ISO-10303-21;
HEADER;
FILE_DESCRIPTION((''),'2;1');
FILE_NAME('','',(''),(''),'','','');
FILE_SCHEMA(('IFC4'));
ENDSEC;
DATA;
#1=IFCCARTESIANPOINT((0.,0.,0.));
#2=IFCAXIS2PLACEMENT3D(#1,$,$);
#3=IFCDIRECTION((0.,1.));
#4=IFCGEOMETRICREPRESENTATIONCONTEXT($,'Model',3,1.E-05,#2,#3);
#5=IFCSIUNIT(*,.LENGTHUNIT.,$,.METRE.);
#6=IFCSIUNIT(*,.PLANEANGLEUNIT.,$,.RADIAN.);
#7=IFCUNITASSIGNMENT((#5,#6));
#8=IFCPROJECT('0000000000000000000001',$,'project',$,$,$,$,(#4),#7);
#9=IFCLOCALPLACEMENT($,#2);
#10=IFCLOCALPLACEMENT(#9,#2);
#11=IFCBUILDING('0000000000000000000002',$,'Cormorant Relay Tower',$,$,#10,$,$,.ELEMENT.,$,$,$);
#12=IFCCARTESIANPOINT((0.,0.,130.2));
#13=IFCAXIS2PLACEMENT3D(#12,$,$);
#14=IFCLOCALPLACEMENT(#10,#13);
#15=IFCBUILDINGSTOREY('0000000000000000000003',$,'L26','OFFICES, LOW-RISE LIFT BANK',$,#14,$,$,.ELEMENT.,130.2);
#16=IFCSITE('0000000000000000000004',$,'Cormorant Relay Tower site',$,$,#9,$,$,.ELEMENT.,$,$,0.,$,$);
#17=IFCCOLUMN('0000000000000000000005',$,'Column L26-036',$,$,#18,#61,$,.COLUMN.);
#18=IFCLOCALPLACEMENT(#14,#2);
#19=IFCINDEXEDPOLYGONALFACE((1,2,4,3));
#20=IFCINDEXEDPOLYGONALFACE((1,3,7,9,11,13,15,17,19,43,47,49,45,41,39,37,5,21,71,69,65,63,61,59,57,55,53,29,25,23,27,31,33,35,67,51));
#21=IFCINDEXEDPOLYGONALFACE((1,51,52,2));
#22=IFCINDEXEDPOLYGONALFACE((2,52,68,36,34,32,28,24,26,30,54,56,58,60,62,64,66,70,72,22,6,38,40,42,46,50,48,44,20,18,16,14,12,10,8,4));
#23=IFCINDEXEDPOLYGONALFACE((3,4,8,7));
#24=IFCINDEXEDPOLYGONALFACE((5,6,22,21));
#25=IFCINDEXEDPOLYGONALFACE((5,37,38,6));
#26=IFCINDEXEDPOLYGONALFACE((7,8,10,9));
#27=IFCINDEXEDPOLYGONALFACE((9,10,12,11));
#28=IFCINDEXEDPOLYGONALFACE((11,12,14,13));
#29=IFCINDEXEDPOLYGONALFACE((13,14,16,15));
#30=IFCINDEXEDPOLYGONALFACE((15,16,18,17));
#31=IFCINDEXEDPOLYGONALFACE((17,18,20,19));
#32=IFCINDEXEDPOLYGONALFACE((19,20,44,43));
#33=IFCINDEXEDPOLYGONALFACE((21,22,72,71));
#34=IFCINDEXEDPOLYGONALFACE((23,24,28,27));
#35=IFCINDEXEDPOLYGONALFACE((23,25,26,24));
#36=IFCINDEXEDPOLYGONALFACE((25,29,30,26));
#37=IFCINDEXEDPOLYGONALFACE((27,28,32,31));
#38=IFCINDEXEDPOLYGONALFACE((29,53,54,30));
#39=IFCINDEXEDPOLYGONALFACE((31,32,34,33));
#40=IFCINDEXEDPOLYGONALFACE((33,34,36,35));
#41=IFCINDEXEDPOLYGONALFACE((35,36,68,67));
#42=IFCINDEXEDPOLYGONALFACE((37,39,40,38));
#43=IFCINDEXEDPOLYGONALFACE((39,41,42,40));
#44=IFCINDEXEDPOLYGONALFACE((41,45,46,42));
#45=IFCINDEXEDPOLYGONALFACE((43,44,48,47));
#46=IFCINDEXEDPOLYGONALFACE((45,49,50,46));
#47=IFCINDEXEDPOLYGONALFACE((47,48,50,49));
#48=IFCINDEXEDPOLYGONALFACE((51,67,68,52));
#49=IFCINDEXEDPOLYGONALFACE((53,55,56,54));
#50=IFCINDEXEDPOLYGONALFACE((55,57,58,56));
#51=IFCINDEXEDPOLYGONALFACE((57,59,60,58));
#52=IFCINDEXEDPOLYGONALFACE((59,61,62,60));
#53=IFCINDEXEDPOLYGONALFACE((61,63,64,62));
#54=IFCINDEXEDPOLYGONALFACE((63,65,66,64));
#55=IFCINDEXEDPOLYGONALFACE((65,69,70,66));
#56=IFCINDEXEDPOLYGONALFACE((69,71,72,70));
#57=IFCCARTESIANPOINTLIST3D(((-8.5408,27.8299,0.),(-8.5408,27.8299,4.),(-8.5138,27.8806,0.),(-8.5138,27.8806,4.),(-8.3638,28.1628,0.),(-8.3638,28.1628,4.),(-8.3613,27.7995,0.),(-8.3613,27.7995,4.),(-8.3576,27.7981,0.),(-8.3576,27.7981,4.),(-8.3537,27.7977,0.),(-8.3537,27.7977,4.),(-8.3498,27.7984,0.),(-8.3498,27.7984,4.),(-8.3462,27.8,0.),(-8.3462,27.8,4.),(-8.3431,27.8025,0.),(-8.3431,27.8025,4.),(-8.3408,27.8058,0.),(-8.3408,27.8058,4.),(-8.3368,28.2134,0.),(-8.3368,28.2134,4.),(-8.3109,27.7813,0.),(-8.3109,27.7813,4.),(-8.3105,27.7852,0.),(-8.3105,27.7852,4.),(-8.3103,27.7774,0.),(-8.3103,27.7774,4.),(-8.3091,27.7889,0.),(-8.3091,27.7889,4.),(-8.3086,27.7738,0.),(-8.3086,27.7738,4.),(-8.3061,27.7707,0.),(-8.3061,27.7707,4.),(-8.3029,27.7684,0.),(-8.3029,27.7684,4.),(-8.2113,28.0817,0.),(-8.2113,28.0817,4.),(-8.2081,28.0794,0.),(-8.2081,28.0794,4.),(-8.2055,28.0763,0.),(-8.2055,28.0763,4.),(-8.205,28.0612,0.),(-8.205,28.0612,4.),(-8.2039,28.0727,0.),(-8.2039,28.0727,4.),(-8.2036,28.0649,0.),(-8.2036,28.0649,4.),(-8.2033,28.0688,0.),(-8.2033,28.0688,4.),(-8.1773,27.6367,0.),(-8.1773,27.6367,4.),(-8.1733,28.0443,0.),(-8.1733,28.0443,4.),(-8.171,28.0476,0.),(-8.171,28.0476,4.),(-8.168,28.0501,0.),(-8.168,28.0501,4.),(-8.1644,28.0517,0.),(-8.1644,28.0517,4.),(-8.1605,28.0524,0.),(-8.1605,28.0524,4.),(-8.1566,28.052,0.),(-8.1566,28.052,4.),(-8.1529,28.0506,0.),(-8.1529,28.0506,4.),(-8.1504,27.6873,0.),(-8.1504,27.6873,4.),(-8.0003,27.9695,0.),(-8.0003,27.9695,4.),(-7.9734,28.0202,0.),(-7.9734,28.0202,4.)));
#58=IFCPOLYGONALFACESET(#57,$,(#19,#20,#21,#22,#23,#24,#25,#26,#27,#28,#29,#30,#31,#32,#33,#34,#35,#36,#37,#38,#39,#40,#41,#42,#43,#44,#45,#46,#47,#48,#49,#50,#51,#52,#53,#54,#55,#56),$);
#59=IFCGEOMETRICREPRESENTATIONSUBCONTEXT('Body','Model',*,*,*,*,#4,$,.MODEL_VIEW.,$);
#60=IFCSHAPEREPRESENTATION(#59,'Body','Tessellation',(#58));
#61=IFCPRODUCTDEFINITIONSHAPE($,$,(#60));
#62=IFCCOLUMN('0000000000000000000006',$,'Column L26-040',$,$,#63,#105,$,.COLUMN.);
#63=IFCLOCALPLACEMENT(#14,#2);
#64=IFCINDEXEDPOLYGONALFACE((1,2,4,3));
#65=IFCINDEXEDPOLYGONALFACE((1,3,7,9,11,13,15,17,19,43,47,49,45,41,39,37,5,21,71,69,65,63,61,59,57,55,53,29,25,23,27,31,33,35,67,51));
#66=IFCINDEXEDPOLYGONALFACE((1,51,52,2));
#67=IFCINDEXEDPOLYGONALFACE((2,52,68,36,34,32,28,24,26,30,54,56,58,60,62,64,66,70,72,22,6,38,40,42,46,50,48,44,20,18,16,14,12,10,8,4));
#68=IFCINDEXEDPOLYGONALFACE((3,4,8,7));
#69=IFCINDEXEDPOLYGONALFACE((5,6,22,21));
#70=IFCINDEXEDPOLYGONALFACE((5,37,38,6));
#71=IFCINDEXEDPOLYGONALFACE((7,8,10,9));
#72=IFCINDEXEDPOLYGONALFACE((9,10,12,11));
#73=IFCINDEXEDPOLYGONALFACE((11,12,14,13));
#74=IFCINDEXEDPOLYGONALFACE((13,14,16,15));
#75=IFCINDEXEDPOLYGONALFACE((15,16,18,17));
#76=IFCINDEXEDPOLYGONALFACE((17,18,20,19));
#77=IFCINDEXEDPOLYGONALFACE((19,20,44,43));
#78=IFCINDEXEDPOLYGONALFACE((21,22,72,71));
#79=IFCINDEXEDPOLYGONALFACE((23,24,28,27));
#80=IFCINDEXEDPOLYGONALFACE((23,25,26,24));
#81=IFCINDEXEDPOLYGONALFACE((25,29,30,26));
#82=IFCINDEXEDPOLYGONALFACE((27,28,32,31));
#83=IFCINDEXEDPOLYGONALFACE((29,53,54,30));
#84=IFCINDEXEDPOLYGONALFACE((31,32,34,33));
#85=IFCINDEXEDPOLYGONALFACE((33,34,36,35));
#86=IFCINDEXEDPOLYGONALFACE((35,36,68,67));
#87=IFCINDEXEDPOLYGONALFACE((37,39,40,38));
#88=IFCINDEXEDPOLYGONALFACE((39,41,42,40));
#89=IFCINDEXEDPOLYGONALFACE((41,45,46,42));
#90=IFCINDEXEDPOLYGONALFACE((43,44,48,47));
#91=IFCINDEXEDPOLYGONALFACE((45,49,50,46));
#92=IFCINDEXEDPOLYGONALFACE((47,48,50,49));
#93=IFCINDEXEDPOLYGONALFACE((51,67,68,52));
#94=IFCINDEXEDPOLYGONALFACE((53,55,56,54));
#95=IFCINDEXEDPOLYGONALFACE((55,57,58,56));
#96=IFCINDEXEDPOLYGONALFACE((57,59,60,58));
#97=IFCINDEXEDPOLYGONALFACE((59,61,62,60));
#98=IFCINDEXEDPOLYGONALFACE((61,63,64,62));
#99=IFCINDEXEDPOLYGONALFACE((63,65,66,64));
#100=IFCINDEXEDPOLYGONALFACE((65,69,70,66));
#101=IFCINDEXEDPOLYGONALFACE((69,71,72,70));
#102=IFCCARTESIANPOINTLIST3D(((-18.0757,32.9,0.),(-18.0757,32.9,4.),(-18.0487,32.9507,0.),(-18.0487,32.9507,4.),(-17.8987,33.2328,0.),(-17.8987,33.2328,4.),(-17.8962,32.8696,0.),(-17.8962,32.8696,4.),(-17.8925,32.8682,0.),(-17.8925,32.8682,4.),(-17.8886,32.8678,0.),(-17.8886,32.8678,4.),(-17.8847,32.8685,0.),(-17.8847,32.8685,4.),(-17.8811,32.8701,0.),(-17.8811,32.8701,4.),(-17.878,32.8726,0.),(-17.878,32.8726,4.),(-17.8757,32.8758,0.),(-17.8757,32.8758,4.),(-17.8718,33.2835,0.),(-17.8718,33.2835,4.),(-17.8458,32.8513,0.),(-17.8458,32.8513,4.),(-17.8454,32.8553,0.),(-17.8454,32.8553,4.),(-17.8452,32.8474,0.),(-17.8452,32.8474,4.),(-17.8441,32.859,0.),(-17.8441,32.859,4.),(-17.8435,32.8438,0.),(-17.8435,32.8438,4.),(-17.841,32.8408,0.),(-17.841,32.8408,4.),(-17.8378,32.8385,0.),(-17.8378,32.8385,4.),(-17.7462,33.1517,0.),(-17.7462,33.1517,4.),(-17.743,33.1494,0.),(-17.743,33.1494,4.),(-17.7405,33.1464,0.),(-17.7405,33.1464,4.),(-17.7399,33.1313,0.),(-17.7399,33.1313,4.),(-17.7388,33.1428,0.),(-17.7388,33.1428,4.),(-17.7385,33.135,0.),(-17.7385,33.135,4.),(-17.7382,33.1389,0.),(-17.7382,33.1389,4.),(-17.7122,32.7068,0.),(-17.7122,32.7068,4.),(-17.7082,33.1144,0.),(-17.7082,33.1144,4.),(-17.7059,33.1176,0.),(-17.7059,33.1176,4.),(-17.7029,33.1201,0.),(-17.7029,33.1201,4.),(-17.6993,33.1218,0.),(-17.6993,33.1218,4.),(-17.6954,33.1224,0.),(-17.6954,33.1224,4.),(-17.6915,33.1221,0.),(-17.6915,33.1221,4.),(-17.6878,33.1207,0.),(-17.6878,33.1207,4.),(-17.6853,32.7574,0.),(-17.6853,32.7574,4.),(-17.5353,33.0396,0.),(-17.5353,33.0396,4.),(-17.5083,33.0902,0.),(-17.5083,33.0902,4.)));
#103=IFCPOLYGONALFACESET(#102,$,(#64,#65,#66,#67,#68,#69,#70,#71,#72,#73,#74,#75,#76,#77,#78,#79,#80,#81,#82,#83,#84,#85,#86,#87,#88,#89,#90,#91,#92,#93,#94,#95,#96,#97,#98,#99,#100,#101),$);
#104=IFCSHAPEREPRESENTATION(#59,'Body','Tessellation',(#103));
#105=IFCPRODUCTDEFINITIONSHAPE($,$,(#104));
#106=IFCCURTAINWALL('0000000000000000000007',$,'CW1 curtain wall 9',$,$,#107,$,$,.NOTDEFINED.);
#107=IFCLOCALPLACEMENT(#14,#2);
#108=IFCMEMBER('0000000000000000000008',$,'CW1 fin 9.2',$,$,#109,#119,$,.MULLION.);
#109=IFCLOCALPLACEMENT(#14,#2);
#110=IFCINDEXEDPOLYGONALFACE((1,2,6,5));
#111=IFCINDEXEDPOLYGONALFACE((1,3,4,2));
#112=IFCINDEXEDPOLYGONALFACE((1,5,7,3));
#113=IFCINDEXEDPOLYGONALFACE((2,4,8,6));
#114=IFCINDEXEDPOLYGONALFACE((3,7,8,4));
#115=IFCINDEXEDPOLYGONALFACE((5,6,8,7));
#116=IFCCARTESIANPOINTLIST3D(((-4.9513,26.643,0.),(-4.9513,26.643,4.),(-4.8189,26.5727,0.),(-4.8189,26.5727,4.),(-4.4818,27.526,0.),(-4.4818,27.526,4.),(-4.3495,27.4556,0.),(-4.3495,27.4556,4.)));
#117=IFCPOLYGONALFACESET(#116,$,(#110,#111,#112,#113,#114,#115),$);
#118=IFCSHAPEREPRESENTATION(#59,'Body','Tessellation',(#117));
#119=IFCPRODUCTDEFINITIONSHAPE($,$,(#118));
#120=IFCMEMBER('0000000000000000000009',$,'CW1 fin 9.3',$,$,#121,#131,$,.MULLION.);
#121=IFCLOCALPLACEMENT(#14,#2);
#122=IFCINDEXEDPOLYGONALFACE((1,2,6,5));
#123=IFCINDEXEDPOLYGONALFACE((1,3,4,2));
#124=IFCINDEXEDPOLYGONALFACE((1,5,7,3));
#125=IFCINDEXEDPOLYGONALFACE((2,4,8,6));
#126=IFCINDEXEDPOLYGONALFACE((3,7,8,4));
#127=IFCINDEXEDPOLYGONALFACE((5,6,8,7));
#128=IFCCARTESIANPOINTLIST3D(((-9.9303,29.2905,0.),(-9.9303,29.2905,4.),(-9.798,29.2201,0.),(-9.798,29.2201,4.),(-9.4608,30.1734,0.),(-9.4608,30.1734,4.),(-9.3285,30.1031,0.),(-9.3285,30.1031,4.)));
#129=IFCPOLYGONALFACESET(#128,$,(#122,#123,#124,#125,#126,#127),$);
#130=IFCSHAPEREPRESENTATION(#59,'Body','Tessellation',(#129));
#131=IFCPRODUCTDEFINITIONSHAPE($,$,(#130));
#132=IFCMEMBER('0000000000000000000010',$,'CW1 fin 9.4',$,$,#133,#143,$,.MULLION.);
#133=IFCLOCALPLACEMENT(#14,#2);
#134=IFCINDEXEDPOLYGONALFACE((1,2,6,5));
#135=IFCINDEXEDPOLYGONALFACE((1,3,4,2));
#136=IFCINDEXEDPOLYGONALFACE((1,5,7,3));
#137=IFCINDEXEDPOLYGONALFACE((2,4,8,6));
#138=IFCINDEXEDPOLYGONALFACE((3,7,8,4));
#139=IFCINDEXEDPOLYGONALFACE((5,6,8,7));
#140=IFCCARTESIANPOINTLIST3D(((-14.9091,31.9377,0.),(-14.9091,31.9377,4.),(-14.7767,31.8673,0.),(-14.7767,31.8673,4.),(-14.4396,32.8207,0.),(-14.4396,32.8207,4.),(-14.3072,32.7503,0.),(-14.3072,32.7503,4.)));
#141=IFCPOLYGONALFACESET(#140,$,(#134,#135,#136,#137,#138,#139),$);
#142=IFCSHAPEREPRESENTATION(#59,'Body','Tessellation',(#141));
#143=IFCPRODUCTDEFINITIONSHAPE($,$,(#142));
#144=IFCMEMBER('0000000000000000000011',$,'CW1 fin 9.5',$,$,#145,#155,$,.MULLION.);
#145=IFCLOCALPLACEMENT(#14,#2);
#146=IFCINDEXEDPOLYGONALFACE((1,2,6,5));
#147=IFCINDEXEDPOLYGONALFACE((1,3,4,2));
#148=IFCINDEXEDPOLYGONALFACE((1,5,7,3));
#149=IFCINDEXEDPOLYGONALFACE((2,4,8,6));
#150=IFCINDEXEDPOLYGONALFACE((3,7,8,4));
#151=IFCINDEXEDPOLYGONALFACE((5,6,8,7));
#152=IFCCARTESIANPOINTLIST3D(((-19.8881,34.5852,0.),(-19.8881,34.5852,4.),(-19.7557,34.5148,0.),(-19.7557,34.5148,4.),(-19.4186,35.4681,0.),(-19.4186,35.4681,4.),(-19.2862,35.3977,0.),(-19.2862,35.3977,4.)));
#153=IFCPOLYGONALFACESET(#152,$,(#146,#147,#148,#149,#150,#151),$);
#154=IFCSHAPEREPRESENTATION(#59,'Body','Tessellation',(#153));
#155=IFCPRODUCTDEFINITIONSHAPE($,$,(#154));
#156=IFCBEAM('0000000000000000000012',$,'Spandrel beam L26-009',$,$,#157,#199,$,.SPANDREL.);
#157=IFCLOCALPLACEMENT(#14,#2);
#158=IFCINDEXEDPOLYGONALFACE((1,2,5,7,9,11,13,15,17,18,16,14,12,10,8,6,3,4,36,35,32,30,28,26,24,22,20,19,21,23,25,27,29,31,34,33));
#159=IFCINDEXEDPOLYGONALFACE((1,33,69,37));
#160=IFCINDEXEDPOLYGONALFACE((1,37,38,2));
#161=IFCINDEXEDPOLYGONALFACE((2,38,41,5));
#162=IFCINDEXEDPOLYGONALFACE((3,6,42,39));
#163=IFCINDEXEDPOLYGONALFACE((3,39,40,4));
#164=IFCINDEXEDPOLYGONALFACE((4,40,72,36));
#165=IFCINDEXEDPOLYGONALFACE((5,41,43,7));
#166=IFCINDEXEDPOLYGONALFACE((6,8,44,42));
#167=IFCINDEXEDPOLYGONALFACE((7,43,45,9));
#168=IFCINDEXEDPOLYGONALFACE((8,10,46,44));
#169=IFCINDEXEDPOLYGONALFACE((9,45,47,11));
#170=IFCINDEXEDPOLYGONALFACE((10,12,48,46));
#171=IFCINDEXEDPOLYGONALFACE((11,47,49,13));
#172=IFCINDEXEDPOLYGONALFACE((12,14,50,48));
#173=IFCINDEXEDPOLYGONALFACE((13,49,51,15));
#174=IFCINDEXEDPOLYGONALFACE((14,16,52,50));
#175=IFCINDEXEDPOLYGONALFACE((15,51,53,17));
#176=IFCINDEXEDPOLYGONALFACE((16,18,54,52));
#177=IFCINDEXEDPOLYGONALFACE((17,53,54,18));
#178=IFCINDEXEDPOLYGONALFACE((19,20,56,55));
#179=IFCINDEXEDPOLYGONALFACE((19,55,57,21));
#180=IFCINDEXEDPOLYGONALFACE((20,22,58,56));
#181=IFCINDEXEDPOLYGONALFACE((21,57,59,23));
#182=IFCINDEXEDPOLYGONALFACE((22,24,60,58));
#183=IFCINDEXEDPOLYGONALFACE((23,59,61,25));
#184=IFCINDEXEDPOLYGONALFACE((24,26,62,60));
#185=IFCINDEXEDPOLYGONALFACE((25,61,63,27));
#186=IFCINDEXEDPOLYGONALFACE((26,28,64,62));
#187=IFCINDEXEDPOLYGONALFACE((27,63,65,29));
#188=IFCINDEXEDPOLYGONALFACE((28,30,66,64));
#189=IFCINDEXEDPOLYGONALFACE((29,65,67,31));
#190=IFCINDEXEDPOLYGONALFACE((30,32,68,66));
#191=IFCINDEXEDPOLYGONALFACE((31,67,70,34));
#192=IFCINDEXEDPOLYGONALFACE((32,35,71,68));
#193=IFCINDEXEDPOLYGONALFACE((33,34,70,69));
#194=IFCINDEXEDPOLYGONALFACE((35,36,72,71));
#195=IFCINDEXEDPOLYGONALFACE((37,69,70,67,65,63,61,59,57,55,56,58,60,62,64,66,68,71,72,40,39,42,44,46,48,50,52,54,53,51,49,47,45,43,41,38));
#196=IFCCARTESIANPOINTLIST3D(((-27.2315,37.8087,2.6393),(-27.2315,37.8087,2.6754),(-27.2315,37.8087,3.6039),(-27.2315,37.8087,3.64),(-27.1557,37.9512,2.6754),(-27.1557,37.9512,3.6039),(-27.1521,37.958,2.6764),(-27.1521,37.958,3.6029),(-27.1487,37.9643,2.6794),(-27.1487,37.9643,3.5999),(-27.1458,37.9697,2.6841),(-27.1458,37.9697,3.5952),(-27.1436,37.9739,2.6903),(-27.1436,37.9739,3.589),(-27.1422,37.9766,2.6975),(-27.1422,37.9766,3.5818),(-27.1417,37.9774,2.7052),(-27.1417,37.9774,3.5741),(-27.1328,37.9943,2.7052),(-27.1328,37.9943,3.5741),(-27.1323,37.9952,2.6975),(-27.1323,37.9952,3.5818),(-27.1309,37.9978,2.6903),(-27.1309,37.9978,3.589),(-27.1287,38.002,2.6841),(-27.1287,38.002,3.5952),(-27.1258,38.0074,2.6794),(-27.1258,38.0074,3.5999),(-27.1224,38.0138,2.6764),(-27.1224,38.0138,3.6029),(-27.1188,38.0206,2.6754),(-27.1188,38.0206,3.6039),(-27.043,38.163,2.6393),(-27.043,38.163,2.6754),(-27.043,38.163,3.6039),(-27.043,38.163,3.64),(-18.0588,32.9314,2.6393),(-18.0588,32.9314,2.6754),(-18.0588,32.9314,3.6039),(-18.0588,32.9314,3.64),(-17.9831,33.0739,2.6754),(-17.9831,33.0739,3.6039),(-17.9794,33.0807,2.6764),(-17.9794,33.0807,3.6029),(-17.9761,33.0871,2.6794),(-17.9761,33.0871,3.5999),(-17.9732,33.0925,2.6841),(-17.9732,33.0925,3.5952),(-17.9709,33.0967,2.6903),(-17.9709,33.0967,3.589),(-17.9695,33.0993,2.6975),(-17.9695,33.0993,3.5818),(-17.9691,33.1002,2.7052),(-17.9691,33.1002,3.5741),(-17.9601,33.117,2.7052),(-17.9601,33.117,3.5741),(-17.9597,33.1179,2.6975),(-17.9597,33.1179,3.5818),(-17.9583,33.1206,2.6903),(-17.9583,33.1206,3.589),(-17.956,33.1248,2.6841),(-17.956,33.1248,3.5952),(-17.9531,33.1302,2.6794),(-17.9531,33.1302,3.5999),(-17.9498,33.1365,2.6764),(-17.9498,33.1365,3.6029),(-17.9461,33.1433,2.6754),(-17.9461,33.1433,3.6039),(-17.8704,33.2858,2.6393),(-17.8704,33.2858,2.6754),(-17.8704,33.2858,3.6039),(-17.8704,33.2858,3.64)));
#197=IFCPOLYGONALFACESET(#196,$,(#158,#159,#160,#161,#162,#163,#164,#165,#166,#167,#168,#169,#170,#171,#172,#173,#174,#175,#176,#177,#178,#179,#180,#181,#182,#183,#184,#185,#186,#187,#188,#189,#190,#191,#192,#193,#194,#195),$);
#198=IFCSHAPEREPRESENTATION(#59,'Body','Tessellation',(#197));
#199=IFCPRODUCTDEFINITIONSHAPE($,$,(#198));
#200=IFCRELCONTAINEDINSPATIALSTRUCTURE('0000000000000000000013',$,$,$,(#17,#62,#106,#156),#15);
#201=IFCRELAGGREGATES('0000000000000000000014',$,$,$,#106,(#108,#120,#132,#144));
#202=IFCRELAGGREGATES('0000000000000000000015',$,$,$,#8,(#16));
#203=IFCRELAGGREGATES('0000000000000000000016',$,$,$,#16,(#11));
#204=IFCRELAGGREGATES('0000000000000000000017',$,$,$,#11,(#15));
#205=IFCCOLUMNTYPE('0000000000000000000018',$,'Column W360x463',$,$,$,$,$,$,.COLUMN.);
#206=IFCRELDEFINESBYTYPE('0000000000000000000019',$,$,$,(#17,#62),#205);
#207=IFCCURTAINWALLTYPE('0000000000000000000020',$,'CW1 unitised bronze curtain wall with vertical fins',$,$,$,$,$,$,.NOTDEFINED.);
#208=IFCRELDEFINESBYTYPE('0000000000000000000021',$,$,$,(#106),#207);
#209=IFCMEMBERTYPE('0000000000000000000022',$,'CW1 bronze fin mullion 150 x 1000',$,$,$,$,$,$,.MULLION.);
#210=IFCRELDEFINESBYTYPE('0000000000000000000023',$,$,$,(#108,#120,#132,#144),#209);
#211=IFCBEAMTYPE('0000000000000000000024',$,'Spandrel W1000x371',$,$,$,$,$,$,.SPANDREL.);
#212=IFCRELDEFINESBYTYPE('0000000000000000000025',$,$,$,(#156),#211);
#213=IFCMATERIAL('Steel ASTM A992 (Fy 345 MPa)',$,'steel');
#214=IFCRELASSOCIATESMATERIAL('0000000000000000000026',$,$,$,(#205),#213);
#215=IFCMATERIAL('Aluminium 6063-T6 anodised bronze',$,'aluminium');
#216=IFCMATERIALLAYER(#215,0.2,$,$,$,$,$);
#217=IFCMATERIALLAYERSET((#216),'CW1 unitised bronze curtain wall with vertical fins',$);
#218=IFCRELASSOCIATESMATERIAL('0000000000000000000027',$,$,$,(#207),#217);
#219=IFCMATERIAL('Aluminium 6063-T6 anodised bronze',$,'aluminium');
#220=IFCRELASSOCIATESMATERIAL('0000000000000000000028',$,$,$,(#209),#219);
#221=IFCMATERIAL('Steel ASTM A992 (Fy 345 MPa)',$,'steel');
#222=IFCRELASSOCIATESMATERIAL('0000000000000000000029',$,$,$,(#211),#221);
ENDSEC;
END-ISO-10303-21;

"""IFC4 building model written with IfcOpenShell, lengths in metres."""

from ifc_helpers import new_model, si_unit, direction, frame, origin, origin_2d, place, context, subcontext, project, spatial, rectangle, i_section, extrude, material, layer, layer_set, material_profile, profile_set, type_object, element, aggregate, save


model = new_model("IFC4")

# Units and contexts
model_context = context("Model", 3, precision=1e-05, world=origin(), true_north=direction((0.0, 1.0)))
body_context = subcontext(model_context, "Body", "Model", "MODEL_VIEW")
ifc_project = project(units=[si_unit("LENGTHUNIT", "METRE"), si_unit("PLANEANGLEUNIT", "RADIAN")], contexts=[model_context])

# Site, building, storey
site_placement = place(None, origin())
site = spatial("IfcSite", under=ifc_project, at=site_placement, Name="Cormorant Relay Tower site", CompositionType="ELEMENT", RefElevation=0.0)
building_placement = place(site_placement, origin())
building = spatial("IfcBuilding", under=site, at=building_placement, Name="Cormorant Relay Tower", CompositionType="ELEMENT")
storey_placement = place(building_placement, frame((0.0, 0.0, 130.2)))
storey = spatial("IfcBuildingStorey", under=building, at=storey_placement, Name="L26", Description="OFFICES, LOW-RISE LIFT BANK", CompositionType="ELEMENT", Elevation=130.2)

# Columns
ifc_material_1 = material(Name="Steel ASTM A992 (Fy 345 MPa)", Category="steel")
ifc_material_profile_1 = material_profile(ifc_material_1, i_section(OverallWidth=0.4116, OverallDepth=0.4343, WebThickness=0.0359, FlangeThickness=0.0574, FilletRadius=0.0151, at=origin_2d()), Name="W360x463")
ifc_profile_set_1 = profile_set([ifc_material_profile_1], Name="Steel ASTM A992 (Fy 345 MPa)")
column_type = type_object("IfcColumnType", Name="Column W360x463", PredefinedType="COLUMN", material=ifc_profile_set_1)
for number, where, z_axis, x_axis, name in (
    (1, (-8.2571, 27.925, 0.0), (0.0, 0.0, 1.0), (-0.882948, 0.469472, 0.0), "Column L26-036"),
    (2, (-17.792, 32.9951, 0.0), (0.0, 0.0, 1.0), (-0.882948, 0.469472, 0.0), "Column L26-040"),
):
    element("IfcColumn", number, at=place(storey_placement, frame(where, z_axis=z_axis, x_axis=x_axis)), inside=storey, type_object=column_type, Name=name, PredefinedType="COLUMN", context=body_context, shape_type="SweptSolid", body=[
        extrude(i_section(OverallWidth=0.4116, OverallDepth=0.4343, WebThickness=0.0359, FlangeThickness=0.0574, FilletRadius=0.0151, at=origin_2d()), origin(), (0.0, 0.0, 1.0), 4.0),
    ])

# Curtain wall, members
ifc_material_2 = material(Name="Aluminium 6063-T6 anodised bronze", Category="aluminium")
ifc_layer_1 = layer(ifc_material_2, 0.2)
ifc_layer_set_1 = layer_set([ifc_layer_1], Name="CW1 unitised bronze curtain wall with vertical fins")
curtain_wall_type = type_object("IfcCurtainWallType", Name="CW1 unitised bronze curtain wall with vertical fins", PredefinedType="NOTDEFINED", material=ifc_layer_set_1)
curtain_wall_placement = place(storey_placement, origin())
curtain_wall = element("IfcCurtainWall", 3, at=curtain_wall_placement, inside=storey, type_object=curtain_wall_type, Name="CW1 curtain wall 9", PredefinedType="NOTDEFINED")
ifc_material_3 = material(Name="Aluminium 6063-T6 anodised bronze", Category="aluminium")
ifc_material_profile_2 = material_profile(ifc_material_3, rectangle(XDim=0.1499, YDim=1.0, at=origin_2d()), Name="AL 150x1000")
ifc_profile_set_2 = profile_set([ifc_material_profile_2], Name="Aluminium 6063-T6 anodised bronze")
member_type = type_object("IfcMemberType", Name="CW1 bronze fin mullion 150 x 1000", PredefinedType="MULLION", material=ifc_profile_set_2)
member_1_placement = place(storey_placement, frame((-4.6504, 27.0493, 0.0), z_axis=(0.0, 0.0, 1.0), x_axis=(-0.882948, 0.469472, 0.0)))
member_1 = element("IfcMember", 4, at=member_1_placement, type_object=member_type, Name="CW1 fin 9.2", PredefinedType="MULLION", context=body_context, shape_type="SweptSolid", body=[
    extrude(rectangle(XDim=0.1499, YDim=1.0, at=origin_2d()), origin(), (0.0, 0.0, 1.0), 4.0),
])
member_2_placement = place(storey_placement, frame((-9.6294, 29.6968, 0.0), z_axis=(0.0, 0.0, 1.0), x_axis=(-0.882948, 0.469472, 0.0)))
member_2 = element("IfcMember", 5, at=member_2_placement, type_object=member_type, Name="CW1 fin 9.3", PredefinedType="MULLION", context=body_context, shape_type="SweptSolid", body=[
    extrude(rectangle(XDim=0.1499, YDim=1.0, at=origin_2d()), origin(), (0.0, 0.0, 1.0), 4.0),
])
member_3_placement = place(storey_placement, frame((-14.6082, 32.344, 0.0), z_axis=(0.0, 0.0, 1.0), x_axis=(-0.882948, 0.469472, 0.0)))
member_3 = element("IfcMember", 6, at=member_3_placement, type_object=member_type, Name="CW1 fin 9.4", PredefinedType="MULLION", context=body_context, shape_type="SweptSolid", body=[
    extrude(rectangle(XDim=0.1499, YDim=1.0, at=origin_2d()), origin(), (0.0, 0.0, 1.0), 4.0),
])
member_4_placement = place(storey_placement, frame((-19.5872, 34.9915, 0.0), z_axis=(0.0, 0.0, 1.0), x_axis=(-0.882948, 0.469472, 0.0)))
member_4 = element("IfcMember", 7, at=member_4_placement, type_object=member_type, Name="CW1 fin 9.5", PredefinedType="MULLION", context=body_context, shape_type="SweptSolid", body=[
    extrude(rectangle(XDim=0.1499, YDim=1.0, at=origin_2d()), origin(), (0.0, 0.0, 1.0), 4.0),
])

# Beam
ifc_material_4 = material(Name="Steel ASTM A992 (Fy 345 MPa)", Category="steel")
ifc_material_profile_3 = material_profile(ifc_material_4, i_section(OverallWidth=0.4014, OverallDepth=1.0007, WebThickness=0.019, FlangeThickness=0.0361, FilletRadius=0.0298, at=origin_2d()), Name="W1000x371")
ifc_profile_set_3 = profile_set([ifc_material_profile_3], Name="Steel ASTM A992 (Fy 345 MPa)")
beam_type_1 = type_object("IfcBeamType", Name="Spandrel W1000x371", PredefinedType="SPANDREL", material=ifc_profile_set_3)
beam_1_placement = place(storey_placement, frame((-17.9646, 33.1086, 3.1396), z_axis=(-0.882946, 0.469474, 0.0), x_axis=(-0.469474, -0.882946, 0.0)))
element("IfcBeam", 8, at=beam_1_placement, inside=storey, type_object=beam_type_1, Name="Spandrel beam L26-009", PredefinedType="SPANDREL", context=body_context, shape_type="SweptSolid", body=[
    extrude(i_section(OverallWidth=0.4014, OverallDepth=1.0007, WebThickness=0.019, FlangeThickness=0.0361, FilletRadius=0.0298, at=origin_2d()), origin(), (0.0, 0.0, 1.0), 10.3887),
])

aggregate(curtain_wall, [member_1, member_2, member_3, member_4])

save(model, "model.ifc")
